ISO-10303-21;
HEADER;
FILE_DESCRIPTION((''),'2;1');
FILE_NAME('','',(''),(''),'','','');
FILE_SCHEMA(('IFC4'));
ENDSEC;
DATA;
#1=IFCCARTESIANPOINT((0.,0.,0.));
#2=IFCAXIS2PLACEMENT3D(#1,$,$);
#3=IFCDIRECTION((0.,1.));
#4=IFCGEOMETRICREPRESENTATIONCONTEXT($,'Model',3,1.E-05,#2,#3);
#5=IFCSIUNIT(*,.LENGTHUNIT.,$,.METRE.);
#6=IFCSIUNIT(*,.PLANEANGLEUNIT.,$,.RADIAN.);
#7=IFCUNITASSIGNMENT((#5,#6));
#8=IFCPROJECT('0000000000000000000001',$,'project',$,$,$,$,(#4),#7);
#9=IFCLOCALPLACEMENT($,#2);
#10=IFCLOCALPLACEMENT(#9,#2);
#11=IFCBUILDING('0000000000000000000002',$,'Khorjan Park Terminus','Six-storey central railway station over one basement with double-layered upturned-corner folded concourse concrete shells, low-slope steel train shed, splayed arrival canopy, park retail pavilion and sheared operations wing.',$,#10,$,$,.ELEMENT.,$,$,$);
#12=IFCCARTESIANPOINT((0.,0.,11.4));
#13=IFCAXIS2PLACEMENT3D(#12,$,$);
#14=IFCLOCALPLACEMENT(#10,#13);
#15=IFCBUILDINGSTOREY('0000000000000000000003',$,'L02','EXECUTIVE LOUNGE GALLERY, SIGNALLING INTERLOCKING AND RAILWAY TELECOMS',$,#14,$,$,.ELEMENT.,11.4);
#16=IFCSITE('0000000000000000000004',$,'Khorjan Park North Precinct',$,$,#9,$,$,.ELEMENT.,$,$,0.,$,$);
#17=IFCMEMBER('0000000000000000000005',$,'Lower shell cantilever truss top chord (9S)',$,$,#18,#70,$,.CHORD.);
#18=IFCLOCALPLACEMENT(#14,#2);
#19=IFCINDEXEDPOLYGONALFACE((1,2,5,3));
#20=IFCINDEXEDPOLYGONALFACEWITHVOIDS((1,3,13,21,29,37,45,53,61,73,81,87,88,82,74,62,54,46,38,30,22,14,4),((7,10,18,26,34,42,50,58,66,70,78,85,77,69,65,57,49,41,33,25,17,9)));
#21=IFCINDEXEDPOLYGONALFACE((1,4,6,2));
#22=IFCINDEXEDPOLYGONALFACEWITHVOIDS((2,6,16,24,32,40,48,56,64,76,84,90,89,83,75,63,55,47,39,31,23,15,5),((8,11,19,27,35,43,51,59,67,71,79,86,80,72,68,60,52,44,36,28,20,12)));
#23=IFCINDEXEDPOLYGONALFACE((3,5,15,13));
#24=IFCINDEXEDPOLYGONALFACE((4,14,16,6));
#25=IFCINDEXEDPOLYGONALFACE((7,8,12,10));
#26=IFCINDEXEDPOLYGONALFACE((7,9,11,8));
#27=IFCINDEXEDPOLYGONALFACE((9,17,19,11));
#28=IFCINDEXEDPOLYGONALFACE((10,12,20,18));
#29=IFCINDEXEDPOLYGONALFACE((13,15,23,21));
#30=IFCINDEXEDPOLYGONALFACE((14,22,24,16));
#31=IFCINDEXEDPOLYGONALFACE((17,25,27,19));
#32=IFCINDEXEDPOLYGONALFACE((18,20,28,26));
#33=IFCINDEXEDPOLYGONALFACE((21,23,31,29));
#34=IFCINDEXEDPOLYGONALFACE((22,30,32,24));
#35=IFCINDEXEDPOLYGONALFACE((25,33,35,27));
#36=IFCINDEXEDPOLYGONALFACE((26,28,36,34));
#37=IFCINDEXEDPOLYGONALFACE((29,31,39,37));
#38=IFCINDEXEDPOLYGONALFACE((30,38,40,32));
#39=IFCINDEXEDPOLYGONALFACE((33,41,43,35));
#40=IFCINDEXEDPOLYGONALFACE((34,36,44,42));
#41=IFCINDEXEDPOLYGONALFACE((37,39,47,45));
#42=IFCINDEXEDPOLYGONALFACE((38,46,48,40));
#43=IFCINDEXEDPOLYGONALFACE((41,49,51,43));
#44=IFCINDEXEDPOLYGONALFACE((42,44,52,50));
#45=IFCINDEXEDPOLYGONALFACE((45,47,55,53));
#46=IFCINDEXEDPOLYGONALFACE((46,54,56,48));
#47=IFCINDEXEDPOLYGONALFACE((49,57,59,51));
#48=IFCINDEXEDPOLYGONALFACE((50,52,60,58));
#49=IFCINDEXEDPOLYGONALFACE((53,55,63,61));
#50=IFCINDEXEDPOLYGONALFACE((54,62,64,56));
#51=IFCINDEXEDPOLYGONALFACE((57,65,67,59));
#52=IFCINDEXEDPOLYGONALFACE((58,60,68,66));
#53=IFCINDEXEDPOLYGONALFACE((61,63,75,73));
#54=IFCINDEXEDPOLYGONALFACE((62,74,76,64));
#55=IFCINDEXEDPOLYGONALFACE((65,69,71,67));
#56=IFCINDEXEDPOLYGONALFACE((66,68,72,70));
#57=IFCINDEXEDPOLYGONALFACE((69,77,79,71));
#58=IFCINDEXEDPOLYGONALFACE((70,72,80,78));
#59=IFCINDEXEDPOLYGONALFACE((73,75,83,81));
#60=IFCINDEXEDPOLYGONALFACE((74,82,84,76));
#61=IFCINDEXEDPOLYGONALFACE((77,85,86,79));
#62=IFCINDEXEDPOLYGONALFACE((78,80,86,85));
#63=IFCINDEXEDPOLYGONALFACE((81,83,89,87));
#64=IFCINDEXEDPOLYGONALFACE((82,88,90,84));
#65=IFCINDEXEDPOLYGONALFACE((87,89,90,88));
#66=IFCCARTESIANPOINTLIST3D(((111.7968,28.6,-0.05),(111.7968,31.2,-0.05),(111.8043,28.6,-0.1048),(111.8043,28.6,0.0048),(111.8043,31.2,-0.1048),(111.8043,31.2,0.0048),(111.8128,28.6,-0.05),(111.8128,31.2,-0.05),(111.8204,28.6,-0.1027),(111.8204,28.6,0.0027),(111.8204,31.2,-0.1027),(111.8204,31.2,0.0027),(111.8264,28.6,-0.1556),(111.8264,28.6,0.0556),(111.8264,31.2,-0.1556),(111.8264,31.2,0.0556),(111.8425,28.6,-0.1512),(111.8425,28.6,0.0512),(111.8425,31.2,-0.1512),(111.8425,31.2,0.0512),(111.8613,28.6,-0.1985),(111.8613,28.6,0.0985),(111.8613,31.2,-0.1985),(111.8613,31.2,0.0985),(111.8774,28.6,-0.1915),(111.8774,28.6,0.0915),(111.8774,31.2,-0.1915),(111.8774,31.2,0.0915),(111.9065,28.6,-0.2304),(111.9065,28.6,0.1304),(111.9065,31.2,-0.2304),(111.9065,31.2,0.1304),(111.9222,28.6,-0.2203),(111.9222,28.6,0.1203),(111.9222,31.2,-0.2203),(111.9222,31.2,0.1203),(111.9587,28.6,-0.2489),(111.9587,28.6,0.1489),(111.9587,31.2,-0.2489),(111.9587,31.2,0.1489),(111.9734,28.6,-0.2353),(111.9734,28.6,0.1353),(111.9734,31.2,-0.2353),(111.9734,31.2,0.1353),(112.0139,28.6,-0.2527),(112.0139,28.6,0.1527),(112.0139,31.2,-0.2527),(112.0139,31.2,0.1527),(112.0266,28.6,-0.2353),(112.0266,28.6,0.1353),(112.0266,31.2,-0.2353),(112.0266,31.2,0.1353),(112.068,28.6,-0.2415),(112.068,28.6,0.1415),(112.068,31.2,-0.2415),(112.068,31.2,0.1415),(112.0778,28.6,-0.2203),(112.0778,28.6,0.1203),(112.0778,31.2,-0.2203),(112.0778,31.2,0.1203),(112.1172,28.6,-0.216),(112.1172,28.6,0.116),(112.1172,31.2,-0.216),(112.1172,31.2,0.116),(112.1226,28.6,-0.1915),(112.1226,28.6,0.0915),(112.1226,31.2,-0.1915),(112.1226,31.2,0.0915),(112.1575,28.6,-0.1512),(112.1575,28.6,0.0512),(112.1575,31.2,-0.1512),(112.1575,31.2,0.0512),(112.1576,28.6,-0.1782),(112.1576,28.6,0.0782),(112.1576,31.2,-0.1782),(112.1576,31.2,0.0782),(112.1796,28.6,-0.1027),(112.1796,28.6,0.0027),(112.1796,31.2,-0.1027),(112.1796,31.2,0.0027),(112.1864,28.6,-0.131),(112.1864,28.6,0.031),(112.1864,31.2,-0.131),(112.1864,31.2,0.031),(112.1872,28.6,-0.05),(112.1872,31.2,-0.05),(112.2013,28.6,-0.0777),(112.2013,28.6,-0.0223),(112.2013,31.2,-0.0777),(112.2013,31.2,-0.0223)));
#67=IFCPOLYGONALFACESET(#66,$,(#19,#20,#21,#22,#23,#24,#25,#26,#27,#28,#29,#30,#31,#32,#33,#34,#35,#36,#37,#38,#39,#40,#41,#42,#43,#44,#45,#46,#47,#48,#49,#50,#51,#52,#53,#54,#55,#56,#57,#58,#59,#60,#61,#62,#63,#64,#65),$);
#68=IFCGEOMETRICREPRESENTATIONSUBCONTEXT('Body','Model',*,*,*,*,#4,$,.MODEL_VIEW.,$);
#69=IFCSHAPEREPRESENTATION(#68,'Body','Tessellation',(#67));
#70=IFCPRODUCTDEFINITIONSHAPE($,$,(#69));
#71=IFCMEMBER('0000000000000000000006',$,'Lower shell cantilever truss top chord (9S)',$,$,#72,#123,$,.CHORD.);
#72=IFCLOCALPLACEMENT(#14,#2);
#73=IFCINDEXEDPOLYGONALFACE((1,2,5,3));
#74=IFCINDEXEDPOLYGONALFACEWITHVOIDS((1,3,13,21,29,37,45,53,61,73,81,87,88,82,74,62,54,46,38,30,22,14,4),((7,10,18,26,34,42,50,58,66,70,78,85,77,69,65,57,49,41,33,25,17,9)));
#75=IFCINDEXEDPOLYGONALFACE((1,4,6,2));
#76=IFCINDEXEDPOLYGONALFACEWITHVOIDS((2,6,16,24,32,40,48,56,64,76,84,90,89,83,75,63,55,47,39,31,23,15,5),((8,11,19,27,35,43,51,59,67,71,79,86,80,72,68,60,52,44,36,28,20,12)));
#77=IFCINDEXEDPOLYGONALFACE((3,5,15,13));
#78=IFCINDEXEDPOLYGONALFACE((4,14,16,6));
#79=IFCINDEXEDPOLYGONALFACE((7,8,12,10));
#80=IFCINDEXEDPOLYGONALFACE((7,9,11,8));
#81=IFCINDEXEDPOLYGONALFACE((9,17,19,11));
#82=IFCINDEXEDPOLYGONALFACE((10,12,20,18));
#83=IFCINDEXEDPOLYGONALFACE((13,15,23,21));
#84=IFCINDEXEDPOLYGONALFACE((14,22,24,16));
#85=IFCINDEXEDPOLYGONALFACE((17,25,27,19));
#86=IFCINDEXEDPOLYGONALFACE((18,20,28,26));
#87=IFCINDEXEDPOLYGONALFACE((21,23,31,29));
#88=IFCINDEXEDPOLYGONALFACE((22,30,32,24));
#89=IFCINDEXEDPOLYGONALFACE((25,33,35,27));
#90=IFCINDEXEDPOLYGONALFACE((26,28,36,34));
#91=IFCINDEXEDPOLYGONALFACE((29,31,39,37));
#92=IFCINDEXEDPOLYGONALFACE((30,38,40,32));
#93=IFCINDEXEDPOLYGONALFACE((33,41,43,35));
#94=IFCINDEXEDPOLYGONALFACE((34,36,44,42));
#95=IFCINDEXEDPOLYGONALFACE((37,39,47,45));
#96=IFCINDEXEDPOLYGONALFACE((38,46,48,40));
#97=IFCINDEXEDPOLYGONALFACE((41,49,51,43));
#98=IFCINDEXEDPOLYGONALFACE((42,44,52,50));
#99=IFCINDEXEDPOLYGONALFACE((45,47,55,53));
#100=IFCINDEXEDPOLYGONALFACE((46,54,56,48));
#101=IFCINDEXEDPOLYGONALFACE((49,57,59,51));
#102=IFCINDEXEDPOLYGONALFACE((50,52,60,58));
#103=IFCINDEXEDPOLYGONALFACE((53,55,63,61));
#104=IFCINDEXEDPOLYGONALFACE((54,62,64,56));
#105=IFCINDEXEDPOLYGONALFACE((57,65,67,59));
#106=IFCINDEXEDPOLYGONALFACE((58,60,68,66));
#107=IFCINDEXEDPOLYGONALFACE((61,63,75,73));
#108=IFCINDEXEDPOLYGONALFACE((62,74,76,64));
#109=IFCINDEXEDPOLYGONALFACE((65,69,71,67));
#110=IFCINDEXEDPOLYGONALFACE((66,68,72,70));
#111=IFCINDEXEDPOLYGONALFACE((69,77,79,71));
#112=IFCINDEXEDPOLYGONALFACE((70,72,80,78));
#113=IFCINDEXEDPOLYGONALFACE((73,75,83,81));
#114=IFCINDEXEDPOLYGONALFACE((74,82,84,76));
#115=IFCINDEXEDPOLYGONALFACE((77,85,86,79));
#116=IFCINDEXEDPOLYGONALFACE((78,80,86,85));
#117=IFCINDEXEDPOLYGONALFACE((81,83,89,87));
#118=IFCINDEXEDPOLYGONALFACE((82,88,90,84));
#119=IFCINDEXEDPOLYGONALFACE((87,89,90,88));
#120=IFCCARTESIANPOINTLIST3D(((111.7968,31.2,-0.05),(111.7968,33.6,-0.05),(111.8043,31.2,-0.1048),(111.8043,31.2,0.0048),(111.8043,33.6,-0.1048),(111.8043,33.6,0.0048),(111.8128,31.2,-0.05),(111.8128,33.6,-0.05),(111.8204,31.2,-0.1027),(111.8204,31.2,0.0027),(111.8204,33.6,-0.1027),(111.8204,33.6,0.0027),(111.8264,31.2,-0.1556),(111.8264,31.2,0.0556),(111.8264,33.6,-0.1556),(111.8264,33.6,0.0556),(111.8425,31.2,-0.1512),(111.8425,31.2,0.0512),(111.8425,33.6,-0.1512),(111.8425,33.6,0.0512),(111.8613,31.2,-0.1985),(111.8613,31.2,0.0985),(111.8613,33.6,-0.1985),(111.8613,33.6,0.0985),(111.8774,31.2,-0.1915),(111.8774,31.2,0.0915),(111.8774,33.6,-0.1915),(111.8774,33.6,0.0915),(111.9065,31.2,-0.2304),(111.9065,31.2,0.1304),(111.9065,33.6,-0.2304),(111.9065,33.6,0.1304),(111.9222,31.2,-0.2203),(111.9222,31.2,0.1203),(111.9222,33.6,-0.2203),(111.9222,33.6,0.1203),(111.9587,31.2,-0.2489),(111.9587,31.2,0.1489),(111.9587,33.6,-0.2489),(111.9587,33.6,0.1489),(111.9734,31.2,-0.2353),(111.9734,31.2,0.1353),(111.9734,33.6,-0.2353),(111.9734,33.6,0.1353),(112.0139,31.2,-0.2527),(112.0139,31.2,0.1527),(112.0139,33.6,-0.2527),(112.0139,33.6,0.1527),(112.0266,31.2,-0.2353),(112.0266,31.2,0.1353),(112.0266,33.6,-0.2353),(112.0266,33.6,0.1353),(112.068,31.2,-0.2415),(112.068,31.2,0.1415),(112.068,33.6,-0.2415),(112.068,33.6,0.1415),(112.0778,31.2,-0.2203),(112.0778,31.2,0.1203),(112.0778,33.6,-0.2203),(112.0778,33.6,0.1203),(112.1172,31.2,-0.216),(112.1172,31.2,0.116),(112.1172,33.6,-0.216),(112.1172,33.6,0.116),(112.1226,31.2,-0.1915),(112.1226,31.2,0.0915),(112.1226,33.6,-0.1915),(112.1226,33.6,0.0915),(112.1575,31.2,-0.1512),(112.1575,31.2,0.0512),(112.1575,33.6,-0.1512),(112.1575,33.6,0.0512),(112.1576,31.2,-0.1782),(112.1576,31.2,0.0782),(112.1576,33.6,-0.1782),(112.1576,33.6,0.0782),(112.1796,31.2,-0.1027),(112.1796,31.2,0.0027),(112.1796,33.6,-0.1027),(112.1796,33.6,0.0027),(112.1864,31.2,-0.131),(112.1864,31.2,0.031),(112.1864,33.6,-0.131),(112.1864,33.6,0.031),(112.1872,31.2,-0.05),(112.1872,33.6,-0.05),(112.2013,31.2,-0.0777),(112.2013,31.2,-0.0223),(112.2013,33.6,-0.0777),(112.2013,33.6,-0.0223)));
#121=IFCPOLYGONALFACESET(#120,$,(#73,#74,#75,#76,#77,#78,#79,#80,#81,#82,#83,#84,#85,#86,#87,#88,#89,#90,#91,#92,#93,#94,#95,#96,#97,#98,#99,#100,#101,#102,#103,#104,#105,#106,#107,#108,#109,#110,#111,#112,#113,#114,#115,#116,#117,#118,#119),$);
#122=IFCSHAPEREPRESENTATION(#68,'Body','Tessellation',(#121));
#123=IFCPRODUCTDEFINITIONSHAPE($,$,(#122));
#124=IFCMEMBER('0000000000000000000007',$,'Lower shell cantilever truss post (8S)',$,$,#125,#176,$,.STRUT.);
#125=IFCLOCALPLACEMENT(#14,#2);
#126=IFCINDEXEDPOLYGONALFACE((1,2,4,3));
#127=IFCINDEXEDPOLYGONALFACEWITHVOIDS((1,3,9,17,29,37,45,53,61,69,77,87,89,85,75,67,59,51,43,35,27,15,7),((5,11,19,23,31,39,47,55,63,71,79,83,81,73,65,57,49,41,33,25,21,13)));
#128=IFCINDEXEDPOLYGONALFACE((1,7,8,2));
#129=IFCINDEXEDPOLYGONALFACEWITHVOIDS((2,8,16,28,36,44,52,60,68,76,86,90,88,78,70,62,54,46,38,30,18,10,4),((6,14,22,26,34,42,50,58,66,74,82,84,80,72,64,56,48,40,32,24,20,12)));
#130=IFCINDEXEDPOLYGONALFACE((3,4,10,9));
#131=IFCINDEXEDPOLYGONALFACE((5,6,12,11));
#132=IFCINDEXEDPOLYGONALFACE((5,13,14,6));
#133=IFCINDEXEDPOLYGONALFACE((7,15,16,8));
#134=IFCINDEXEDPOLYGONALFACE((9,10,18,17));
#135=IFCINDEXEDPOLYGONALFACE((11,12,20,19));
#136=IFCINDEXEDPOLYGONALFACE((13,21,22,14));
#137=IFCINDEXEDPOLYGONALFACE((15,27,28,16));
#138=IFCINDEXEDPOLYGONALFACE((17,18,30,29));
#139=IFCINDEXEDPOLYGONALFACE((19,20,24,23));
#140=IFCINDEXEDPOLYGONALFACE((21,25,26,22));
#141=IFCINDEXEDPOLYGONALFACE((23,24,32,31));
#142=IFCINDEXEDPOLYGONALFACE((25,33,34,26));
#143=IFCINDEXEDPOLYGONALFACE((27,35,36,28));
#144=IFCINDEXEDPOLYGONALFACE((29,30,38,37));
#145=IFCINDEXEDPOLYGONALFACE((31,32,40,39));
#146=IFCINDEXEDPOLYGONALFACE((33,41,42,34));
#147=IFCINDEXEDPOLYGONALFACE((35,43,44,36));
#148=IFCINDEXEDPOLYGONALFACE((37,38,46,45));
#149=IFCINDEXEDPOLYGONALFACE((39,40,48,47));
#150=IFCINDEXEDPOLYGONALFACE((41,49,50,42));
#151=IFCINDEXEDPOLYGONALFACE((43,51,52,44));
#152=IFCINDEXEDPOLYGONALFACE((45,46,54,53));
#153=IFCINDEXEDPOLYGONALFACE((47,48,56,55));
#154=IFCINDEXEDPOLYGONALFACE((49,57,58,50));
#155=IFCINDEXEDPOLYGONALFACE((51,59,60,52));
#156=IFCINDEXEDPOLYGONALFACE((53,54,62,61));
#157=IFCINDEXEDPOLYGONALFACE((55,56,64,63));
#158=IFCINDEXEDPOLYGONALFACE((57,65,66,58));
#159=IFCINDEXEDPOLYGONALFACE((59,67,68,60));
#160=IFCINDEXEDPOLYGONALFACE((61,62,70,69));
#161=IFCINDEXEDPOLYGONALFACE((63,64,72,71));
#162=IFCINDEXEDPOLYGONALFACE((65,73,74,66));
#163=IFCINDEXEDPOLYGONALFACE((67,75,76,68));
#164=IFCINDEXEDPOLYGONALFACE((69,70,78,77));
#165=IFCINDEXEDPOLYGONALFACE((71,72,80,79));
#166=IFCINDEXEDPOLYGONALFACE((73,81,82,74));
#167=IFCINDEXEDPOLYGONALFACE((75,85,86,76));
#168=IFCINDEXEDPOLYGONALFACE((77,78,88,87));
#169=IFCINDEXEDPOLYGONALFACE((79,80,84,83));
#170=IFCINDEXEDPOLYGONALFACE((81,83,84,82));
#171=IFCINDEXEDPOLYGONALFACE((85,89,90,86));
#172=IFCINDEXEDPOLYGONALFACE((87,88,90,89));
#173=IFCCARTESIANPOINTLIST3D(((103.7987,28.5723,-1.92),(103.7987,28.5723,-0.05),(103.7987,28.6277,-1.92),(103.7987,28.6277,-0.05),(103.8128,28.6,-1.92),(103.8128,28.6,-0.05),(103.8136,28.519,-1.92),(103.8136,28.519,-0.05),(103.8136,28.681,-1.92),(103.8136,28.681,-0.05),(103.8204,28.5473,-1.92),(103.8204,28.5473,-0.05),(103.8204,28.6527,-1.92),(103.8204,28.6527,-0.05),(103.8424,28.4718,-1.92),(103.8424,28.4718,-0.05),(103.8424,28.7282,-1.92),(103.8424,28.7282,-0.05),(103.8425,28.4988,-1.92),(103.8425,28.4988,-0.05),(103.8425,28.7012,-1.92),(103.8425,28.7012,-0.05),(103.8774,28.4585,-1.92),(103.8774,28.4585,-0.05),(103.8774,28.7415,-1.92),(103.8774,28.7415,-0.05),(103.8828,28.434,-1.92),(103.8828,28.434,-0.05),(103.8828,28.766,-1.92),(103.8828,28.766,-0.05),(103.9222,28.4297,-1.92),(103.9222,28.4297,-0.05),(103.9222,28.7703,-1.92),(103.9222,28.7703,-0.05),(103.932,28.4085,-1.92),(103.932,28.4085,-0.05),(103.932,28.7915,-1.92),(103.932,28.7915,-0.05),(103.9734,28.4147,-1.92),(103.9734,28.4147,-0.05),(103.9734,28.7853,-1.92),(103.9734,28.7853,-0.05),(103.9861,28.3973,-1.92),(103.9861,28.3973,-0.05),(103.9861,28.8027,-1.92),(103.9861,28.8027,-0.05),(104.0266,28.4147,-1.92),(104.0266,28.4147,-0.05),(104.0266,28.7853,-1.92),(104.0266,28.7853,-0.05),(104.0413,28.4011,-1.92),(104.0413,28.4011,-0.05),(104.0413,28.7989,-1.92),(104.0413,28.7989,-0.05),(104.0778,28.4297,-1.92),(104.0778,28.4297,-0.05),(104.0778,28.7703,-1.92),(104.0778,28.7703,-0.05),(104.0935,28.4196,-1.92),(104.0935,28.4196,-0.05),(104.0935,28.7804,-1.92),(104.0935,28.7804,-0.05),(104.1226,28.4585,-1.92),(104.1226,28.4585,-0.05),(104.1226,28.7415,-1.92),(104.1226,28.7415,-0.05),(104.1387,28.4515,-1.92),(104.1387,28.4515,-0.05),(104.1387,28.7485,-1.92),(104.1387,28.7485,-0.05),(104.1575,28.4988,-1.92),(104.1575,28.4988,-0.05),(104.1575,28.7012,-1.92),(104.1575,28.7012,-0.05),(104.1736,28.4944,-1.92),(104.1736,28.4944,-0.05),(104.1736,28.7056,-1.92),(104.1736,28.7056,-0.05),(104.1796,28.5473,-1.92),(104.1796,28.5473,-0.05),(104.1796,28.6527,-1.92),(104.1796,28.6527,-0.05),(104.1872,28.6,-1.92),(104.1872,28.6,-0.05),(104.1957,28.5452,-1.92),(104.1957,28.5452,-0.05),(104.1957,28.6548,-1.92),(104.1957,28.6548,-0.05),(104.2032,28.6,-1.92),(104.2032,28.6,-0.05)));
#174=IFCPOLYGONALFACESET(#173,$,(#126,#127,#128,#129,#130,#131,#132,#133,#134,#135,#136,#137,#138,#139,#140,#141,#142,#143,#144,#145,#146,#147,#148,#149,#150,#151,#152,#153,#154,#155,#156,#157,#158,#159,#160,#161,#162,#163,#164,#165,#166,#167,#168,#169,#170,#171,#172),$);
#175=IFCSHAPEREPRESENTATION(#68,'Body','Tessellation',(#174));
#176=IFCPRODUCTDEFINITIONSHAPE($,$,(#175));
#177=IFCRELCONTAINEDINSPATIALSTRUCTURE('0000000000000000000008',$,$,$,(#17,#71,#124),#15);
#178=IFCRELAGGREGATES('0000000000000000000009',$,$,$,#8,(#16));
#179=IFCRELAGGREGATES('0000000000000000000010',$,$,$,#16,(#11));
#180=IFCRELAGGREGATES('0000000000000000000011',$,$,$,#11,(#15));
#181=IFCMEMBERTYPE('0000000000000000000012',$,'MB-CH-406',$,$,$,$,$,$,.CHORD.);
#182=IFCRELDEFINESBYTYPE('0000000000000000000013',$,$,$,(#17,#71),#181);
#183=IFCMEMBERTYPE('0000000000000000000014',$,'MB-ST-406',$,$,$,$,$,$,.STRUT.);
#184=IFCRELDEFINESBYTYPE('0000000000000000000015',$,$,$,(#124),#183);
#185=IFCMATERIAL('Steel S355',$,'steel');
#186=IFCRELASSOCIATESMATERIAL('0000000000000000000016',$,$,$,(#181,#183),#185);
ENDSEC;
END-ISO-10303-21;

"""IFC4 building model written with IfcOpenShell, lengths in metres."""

from ifc_helpers import new_model, si_unit, direction, frame, origin, origin_2d, place, context, subcontext, project, spatial, hollow_circle, extrude, material, material_profile, profile_set, type_object, element, save


model = new_model("IFC4")

# Units and contexts
model_context = context("Model", 3, precision=1e-05, world=origin(), true_north=direction((0.0, 1.0)))
body_context = subcontext(model_context, "Body", "Model", "MODEL_VIEW")
ifc_project = project(units=[si_unit("LENGTHUNIT", "METRE"), si_unit("PLANEANGLEUNIT", "RADIAN")], contexts=[model_context])

# Site, building, storey
site_placement = place(None, origin())
site = spatial("IfcSite", under=ifc_project, at=site_placement, Name="Khorjan Park North Precinct", CompositionType="ELEMENT", RefElevation=0.0)
building_placement = place(site_placement, origin())
building = spatial("IfcBuilding", under=site, at=building_placement, Name="Khorjan Park Terminus", Description="Six-storey central railway station over one basement with double-layered upturned-corner folded concourse concrete shells, low-slope steel train shed, splayed arrival canopy, park retail pavilion and sheared operations wing.", CompositionType="ELEMENT")
storey_placement = place(building_placement, frame((0.0, 0.0, 11.4)))
storey = spatial("IfcBuildingStorey", under=building, at=storey_placement, Name="L02", Description="EXECUTIVE LOUNGE GALLERY, SIGNALLING INTERLOCKING AND RAILWAY TELECOMS", CompositionType="ELEMENT", Elevation=11.4)

# Members
ifc_material_1 = material(Name="Steel S355", Category="steel")
ifc_material_profile_1 = material_profile(ifc_material_1, hollow_circle(Radius=0.2032, WallThickness=0.016, at=origin_2d()), Name="CHS 406.4x16")
ifc_profile_set_1 = profile_set([ifc_material_profile_1], Name="Steel S355")
member_type_1 = type_object("IfcMemberType", Name="MB-CH-406", PredefinedType="CHORD", material=ifc_profile_set_1)
member_1_placement = place(storey_placement, frame((112.0, 28.6, -0.05), z_axis=(0.0, 1.0, 0.0), x_axis=(-1.0, 0.0, 0.0)))
element("IfcMember", 1, at=member_1_placement, inside=storey, type_object=member_type_1, Name="Lower shell cantilever truss top chord (9S)", PredefinedType="CHORD", context=body_context, shape_type="SweptSolid", body=[
    extrude(hollow_circle(Radius=0.2032, WallThickness=0.016, at=origin_2d()), origin(), (0.0, 0.0, 1.0), 2.6),
])
member_2_placement = place(storey_placement, frame((112.0, 31.2, -0.05), z_axis=(0.0, 1.0, 0.0), x_axis=(-1.0, 0.0, 0.0)))
element("IfcMember", 2, at=member_2_placement, inside=storey, type_object=member_type_1, Name="Lower shell cantilever truss top chord (9S)", PredefinedType="CHORD", context=body_context, shape_type="SweptSolid", body=[
    extrude(hollow_circle(Radius=0.2032, WallThickness=0.016, at=origin_2d()), origin(), (0.0, 0.0, 1.0), 2.4),
])
ifc_material_profile_2 = material_profile(ifc_material_1, hollow_circle(Radius=0.2032, WallThickness=0.016, at=origin_2d()), Name="CHS 406.4x16")
ifc_profile_set_2 = profile_set([ifc_material_profile_2], Name="Steel S355")
member_type_2 = type_object("IfcMemberType", Name="MB-ST-406", PredefinedType="STRUT", material=ifc_profile_set_2)
member_3_placement = place(storey_placement, frame((104.0, 28.6, -1.92), z_axis=(0.0, 0.0, 1.0), x_axis=(1.0, 0.0, 0.0)))
element("IfcMember", 3, at=member_3_placement, inside=storey, type_object=member_type_2, Name="Lower shell cantilever truss post (8S)", PredefinedType="STRUT", context=body_context, shape_type="SweptSolid", body=[
    extrude(hollow_circle(Radius=0.2032, WallThickness=0.016, at=origin_2d()), origin(), (0.0, 0.0, 1.0), 1.87),
])

save(model, "model.ifc")
